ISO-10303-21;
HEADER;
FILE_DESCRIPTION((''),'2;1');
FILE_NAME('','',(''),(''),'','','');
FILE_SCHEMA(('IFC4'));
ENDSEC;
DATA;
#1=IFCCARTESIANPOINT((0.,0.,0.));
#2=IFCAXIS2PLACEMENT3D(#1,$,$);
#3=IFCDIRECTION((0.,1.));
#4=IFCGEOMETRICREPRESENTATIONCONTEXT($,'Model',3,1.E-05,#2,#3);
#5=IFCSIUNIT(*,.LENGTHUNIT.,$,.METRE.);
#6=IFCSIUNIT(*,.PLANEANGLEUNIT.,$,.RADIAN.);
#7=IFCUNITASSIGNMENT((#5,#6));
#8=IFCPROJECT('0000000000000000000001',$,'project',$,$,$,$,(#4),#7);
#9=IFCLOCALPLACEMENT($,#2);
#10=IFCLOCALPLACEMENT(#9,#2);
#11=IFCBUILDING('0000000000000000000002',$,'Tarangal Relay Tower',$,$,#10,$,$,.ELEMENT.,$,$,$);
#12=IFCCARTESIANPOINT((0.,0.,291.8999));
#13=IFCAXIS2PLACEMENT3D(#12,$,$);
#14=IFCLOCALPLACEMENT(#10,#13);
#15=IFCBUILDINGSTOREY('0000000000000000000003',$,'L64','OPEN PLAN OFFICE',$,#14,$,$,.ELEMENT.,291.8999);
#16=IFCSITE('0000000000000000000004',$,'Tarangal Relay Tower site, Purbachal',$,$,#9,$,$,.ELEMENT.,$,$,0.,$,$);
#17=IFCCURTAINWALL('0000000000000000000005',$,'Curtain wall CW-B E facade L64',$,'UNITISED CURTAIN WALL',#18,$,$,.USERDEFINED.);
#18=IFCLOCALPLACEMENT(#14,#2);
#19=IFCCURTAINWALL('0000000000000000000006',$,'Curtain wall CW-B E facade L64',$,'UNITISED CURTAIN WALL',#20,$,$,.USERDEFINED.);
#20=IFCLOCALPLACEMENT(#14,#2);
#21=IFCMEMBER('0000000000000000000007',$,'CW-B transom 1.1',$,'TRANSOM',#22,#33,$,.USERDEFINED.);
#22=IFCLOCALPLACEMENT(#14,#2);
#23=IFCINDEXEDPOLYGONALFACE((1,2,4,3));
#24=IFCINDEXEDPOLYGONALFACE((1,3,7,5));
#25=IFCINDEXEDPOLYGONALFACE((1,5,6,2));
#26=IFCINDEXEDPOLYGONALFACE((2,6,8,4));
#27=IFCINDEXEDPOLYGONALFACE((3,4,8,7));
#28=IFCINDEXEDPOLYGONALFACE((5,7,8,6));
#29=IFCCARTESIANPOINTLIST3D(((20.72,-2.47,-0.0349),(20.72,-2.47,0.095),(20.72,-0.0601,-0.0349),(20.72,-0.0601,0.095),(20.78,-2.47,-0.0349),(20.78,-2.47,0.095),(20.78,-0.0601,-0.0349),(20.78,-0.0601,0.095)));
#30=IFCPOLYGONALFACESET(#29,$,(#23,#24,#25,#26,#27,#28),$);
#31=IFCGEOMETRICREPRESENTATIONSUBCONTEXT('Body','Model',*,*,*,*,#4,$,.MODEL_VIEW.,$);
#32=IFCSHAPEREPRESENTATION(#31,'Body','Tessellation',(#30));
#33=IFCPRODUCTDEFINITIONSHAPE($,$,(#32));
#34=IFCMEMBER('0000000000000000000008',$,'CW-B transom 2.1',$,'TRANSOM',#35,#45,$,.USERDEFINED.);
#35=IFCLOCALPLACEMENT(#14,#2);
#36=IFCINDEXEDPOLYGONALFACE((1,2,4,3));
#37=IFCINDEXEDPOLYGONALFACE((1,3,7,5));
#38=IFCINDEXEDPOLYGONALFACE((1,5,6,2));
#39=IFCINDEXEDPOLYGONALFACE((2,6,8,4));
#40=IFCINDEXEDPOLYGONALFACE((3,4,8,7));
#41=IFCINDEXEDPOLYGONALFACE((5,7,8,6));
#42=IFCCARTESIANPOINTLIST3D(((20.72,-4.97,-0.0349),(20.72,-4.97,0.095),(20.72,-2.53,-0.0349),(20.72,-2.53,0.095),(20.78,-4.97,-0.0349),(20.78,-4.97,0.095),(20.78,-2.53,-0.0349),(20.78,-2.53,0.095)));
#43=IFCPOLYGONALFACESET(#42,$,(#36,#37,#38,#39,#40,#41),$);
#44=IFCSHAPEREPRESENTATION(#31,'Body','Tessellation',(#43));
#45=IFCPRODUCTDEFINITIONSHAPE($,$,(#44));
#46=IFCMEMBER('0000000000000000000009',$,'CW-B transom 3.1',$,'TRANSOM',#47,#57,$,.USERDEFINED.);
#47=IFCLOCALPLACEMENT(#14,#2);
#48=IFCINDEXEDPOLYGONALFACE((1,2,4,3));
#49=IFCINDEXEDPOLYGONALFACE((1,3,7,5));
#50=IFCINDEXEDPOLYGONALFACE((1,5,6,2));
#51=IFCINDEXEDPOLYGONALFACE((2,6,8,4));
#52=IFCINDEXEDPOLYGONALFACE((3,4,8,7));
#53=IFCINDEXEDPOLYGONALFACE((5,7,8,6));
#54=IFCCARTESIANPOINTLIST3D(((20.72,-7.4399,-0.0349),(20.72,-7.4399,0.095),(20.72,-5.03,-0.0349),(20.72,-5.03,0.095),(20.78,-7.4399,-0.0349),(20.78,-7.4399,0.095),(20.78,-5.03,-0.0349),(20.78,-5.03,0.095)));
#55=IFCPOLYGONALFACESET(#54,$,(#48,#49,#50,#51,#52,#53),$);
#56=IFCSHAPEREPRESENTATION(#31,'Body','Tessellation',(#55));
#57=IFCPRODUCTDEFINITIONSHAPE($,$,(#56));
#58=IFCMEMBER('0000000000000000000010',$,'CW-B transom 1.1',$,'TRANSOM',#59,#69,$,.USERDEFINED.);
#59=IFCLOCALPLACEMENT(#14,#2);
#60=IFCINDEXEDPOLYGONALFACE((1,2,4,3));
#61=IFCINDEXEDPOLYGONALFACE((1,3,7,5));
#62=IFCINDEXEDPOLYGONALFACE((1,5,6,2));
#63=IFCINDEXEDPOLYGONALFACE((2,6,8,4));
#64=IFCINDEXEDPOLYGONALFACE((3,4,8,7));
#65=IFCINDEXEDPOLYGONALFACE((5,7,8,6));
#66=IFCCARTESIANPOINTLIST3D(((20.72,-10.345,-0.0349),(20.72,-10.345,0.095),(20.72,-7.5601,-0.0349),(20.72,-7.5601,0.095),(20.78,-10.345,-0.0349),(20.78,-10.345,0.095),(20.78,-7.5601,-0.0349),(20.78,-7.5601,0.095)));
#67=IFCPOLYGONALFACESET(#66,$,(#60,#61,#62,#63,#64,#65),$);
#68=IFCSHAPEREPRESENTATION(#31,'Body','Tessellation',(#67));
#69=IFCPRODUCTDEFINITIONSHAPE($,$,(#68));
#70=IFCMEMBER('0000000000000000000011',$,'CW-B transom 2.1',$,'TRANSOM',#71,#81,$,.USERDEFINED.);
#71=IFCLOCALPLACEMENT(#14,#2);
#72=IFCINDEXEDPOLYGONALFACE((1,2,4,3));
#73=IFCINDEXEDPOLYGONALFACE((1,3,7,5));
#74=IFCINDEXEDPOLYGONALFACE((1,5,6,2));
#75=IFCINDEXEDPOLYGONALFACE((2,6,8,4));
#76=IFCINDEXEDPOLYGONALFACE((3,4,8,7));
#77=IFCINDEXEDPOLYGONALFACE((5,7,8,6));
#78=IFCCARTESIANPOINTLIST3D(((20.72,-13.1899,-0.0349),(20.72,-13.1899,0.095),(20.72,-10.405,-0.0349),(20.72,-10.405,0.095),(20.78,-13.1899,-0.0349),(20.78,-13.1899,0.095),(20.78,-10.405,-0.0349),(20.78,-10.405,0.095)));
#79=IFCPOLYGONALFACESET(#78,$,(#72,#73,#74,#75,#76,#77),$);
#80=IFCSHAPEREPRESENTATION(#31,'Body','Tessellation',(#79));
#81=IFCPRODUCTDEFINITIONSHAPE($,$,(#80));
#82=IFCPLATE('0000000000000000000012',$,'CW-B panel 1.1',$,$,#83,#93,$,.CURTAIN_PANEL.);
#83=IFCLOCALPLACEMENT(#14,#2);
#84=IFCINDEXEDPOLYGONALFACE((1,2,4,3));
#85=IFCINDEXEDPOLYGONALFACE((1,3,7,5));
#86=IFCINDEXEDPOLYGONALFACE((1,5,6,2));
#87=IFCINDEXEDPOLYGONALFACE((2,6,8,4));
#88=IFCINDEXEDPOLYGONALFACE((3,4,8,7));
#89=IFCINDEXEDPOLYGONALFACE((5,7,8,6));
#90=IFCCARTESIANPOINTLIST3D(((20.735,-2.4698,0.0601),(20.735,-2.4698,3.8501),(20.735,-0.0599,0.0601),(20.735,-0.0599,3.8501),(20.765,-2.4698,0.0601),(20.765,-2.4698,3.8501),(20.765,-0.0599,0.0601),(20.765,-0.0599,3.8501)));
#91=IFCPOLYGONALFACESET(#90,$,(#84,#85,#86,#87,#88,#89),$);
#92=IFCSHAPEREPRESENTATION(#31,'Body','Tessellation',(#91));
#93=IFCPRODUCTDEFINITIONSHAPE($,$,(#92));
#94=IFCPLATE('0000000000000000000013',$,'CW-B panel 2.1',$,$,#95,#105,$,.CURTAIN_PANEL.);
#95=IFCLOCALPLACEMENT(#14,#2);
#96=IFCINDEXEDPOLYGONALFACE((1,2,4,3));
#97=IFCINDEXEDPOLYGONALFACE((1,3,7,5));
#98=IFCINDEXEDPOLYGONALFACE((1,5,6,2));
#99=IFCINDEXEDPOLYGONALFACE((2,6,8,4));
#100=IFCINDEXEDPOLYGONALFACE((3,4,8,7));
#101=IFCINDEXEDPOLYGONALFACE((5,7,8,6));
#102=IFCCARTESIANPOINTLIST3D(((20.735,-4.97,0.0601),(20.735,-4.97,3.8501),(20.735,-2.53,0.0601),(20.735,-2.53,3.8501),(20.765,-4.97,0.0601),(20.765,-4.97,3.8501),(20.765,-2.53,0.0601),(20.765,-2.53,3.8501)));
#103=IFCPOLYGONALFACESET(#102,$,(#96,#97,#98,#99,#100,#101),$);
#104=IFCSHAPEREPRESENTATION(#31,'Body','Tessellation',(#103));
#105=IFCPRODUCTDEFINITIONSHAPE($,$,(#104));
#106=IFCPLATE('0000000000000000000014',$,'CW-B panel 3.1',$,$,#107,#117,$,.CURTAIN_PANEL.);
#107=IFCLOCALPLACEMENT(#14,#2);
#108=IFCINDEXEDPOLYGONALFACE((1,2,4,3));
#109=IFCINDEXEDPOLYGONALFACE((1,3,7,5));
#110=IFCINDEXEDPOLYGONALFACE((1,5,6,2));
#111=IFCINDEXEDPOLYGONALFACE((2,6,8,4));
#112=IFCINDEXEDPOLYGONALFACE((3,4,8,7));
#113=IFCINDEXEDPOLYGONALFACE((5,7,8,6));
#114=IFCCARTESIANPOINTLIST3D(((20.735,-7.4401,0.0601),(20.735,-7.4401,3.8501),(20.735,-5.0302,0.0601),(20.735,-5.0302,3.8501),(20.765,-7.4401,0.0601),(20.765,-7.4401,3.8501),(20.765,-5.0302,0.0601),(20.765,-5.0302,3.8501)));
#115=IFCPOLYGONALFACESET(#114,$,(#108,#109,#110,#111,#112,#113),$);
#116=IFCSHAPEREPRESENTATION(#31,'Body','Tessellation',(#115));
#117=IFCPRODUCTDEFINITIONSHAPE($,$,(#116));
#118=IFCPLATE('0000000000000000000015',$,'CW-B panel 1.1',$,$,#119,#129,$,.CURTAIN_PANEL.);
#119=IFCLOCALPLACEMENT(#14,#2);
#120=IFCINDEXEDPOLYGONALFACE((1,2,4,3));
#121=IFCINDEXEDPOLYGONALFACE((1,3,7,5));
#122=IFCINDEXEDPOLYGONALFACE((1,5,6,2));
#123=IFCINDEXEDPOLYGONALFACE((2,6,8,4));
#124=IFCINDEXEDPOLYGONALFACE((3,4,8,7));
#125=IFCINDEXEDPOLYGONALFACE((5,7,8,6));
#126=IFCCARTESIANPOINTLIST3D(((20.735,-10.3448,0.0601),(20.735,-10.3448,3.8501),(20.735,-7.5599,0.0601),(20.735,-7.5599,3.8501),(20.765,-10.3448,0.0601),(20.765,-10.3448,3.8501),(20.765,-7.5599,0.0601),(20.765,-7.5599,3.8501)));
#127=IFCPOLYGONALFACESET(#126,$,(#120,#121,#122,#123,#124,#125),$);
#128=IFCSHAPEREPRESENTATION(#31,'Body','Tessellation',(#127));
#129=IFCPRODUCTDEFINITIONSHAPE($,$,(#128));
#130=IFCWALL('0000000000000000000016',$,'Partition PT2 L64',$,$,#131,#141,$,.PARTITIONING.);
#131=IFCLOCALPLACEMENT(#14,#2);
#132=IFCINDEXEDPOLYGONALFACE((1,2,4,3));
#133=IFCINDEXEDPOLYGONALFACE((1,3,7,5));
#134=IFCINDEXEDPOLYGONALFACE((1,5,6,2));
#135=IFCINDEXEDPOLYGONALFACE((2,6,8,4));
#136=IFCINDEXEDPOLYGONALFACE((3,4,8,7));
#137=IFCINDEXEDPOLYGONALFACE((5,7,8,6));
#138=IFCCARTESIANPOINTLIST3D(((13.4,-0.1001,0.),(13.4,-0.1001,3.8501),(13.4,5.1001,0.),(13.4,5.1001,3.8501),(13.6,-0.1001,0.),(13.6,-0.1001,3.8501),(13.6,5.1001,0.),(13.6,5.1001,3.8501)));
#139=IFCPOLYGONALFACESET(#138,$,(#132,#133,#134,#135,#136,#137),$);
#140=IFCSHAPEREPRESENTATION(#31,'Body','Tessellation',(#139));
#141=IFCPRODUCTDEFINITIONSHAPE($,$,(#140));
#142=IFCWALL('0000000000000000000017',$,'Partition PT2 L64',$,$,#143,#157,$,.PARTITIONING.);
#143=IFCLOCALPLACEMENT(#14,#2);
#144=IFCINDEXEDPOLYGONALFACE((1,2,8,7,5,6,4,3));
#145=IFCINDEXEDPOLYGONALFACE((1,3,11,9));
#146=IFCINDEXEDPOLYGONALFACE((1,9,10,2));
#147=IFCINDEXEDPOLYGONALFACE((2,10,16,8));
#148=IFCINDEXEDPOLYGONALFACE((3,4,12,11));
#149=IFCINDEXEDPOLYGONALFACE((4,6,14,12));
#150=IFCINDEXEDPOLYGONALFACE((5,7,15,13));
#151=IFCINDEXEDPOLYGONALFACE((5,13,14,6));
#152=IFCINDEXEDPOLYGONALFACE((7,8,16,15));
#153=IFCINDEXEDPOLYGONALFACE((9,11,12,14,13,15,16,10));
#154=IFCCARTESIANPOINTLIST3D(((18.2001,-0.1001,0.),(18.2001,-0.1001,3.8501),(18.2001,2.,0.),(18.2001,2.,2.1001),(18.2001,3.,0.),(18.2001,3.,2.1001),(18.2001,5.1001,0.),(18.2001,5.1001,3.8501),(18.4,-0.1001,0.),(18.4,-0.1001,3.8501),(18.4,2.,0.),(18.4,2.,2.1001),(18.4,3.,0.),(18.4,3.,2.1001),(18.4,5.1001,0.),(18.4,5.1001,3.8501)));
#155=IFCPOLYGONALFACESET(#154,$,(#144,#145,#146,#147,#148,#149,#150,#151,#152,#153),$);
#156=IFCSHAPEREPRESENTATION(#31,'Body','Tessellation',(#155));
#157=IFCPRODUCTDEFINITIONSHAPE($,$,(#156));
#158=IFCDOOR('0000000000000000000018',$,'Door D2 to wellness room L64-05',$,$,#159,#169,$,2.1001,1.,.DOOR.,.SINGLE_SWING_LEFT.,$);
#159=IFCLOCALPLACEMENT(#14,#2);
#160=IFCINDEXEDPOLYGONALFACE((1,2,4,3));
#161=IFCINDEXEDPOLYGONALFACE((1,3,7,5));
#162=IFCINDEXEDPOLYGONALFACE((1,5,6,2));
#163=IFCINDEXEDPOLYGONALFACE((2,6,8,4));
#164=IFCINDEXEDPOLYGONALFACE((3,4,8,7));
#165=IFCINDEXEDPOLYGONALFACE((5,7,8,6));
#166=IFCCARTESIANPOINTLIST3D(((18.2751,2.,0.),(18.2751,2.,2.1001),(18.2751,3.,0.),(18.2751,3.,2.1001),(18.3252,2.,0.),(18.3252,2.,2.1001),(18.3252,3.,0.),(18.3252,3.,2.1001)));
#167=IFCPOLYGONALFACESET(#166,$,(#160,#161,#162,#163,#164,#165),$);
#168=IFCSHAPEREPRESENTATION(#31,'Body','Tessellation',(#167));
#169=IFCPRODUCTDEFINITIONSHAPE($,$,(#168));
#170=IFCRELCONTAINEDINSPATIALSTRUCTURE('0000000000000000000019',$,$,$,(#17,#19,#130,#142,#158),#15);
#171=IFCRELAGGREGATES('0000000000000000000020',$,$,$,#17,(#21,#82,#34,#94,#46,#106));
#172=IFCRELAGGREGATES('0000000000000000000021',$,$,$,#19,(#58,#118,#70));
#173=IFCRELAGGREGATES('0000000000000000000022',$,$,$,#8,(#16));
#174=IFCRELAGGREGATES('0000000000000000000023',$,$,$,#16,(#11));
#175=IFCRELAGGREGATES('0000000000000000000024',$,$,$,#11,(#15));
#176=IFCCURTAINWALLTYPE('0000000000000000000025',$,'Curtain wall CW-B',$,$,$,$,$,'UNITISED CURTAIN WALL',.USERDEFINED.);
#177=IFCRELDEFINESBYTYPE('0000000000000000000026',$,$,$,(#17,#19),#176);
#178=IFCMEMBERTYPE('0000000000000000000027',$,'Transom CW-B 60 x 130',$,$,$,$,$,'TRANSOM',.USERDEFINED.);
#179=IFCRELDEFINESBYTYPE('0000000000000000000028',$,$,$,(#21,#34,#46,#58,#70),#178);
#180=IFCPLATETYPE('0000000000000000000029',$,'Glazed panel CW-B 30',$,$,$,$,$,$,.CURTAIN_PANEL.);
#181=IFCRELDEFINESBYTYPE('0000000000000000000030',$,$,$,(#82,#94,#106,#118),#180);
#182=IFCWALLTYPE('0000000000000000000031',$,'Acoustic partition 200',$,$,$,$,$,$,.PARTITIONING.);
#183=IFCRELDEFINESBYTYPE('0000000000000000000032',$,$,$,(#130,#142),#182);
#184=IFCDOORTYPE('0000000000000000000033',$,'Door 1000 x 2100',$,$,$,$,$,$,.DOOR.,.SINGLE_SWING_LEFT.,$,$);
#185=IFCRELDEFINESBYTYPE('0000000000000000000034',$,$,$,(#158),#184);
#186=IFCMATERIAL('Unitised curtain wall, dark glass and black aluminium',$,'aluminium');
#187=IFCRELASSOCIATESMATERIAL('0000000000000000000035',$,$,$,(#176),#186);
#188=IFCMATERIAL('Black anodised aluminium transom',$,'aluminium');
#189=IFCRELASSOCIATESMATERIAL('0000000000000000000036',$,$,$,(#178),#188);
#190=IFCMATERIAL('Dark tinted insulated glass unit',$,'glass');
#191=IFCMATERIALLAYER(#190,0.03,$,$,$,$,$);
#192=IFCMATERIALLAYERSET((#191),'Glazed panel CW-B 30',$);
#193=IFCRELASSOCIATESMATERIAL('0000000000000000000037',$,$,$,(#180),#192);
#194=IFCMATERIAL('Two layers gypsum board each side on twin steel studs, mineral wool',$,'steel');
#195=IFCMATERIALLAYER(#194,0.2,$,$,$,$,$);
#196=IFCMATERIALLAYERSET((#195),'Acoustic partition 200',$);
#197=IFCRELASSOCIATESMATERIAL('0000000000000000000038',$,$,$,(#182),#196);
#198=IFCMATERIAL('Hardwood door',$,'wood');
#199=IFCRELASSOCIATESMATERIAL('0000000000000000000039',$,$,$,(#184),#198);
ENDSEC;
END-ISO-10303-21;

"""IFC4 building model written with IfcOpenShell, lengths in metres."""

from ifc_helpers import new_model, si_unit, direction, frame, frame_2d, origin, origin_2d, place, context, subcontext, project, spatial, rectangle, extrude, material, layer, layer_set, material_profile, profile_set, type_object, element, fill, aggregate, save


model = new_model("IFC4")

# Units and contexts
model_context = context("Model", 3, precision=1e-05, world=origin(), true_north=direction((0.0, 1.0)))
body_context = subcontext(model_context, "Body", "Model", "MODEL_VIEW")
ifc_project = project(units=[si_unit("LENGTHUNIT", "METRE"), si_unit("PLANEANGLEUNIT", "RADIAN")], contexts=[model_context])

# Site, building, storey
site_placement = place(None, origin())
site = spatial("IfcSite", under=ifc_project, at=site_placement, Name="Tarangal Relay Tower site, Purbachal", CompositionType="ELEMENT", RefElevation=0.0)
building_placement = place(site_placement, origin())
building = spatial("IfcBuilding", under=site, at=building_placement, Name="Tarangal Relay Tower", CompositionType="ELEMENT")
storey_placement = place(building_placement, frame((0.0, 0.0, 291.8999)))
storey = spatial("IfcBuildingStorey", under=building, at=storey_placement, Name="L64", Description="OPEN PLAN OFFICE", CompositionType="ELEMENT", Elevation=291.8999)

# Curtain walls
ifc_material_1 = material(Name="Unitised curtain wall, dark glass and black aluminium", Category="aluminium")
curtain_wall_type = type_object("IfcCurtainWallType", Name="Curtain wall CW-B", ElementType="UNITISED CURTAIN WALL", PredefinedType="USERDEFINED", material=ifc_material_1)
curtain_wall_1_placement = place(storey_placement, origin())
curtain_wall_1 = element("IfcCurtainWall", 1, at=curtain_wall_1_placement, inside=storey, type_object=curtain_wall_type, Name="Curtain wall CW-B E facade L64", ObjectType="UNITISED CURTAIN WALL", PredefinedType="USERDEFINED")
curtain_wall_2_placement = place(storey_placement, origin())
curtain_wall_2 = element("IfcCurtainWall", 2, at=curtain_wall_2_placement, inside=storey, type_object=curtain_wall_type, Name="Curtain wall CW-B E facade L64", ObjectType="UNITISED CURTAIN WALL", PredefinedType="USERDEFINED")

# Members
ifc_material_2 = material(Name="Black anodised aluminium transom", Category="aluminium")
ifc_material_profile_1 = material_profile(ifc_material_2, rectangle(XDim=0.0601, YDim=0.1299, at=origin_2d()), Name="CW-BT 60X130")
ifc_profile_set_1 = profile_set([ifc_material_profile_1], Name="Black anodised aluminium transom")
member_type_1 = type_object("IfcMemberType", Name="Transom CW-B 60 x 130", ElementType="TRANSOM", PredefinedType="USERDEFINED", material=ifc_profile_set_1)
member_1_placement = place(storey_placement, frame((20.75, -0.0601, 0.03), z_axis=(0.0, -1.0, 0.0), x_axis=(1.0, 0.0, 0.0)))
member_1 = element("IfcMember", 3, at=member_1_placement, type_object=member_type_1, Name="CW-B transom 1.1", ObjectType="TRANSOM", PredefinedType="USERDEFINED", context=body_context, shape_type="SweptSolid", body=[
    extrude(rectangle(XDim=0.0601, YDim=0.1299, at=origin_2d()), origin(), (0.0, 0.0, 1.0), 2.4099),
])
member_2_placement = place(storey_placement, frame((20.75, -2.53, 0.03), z_axis=(0.0, -1.0, 0.0), x_axis=(1.0, 0.0, 0.0)))
member_2 = element("IfcMember", 4, at=member_2_placement, type_object=member_type_1, Name="CW-B transom 2.1", ObjectType="TRANSOM", PredefinedType="USERDEFINED", context=body_context, shape_type="SweptSolid", body=[
    extrude(rectangle(XDim=0.0601, YDim=0.1299, at=origin_2d()), origin(), (0.0, 0.0, 1.0), 2.4399),
])
member_3_placement = place(storey_placement, frame((20.75, -5.03, 0.03), z_axis=(0.0, -1.0, 0.0), x_axis=(1.0, 0.0, 0.0)))
member_3 = element("IfcMember", 5, at=member_3_placement, type_object=member_type_1, Name="CW-B transom 3.1", ObjectType="TRANSOM", PredefinedType="USERDEFINED", context=body_context, shape_type="SweptSolid", body=[
    extrude(rectangle(XDim=0.0601, YDim=0.1299, at=origin_2d()), origin(), (0.0, 0.0, 1.0), 2.4099),
])
member_4_placement = place(storey_placement, frame((20.75, -7.5601, 0.03), z_axis=(0.0, -1.0, 0.0), x_axis=(1.0, 0.0, 0.0)))
member_4 = element("IfcMember", 6, at=member_4_placement, type_object=member_type_1, Name="CW-B transom 1.1", ObjectType="TRANSOM", PredefinedType="USERDEFINED", context=body_context, shape_type="SweptSolid", body=[
    extrude(rectangle(XDim=0.0601, YDim=0.1299, at=origin_2d()), origin(), (0.0, 0.0, 1.0), 2.7849),
])
member_5_placement = place(storey_placement, frame((20.75, -10.405, 0.03), z_axis=(0.0, -1.0, 0.0), x_axis=(1.0, 0.0, 0.0)))
member_5 = element("IfcMember", 7, at=member_5_placement, type_object=member_type_1, Name="CW-B transom 2.1", ObjectType="TRANSOM", PredefinedType="USERDEFINED", context=body_context, shape_type="SweptSolid", body=[
    extrude(rectangle(XDim=0.0601, YDim=0.1299, at=origin_2d()), origin(), (0.0, 0.0, 1.0), 2.7849),
])

# Plates
ifc_material_3 = material(Name="Dark tinted insulated glass unit", Category="glass")
ifc_layer_1 = layer(ifc_material_3, 0.03)
ifc_layer_set_1 = layer_set([ifc_layer_1], Name="Glazed panel CW-B 30")
plate_type = type_object("IfcPlateType", Name="Glazed panel CW-B 30", PredefinedType="CURTAIN_PANEL", material=ifc_layer_set_1)
plate_1_placement = place(storey_placement, frame((20.75, -1.2649, 0.0601), z_axis=(0.0, 0.0, 1.0), x_axis=(0.0, -1.0, 0.0)))
plate_1 = element("IfcPlate", 8, at=plate_1_placement, type_object=plate_type, Name="CW-B panel 1.1", PredefinedType="CURTAIN_PANEL", context=body_context, shape_type="SweptSolid", body=[
    extrude(rectangle(XDim=2.4099, YDim=0.03, at=origin_2d()), origin(), (0.0, 0.0, 1.0), 3.79),
])
plate_2_placement = place(storey_placement, frame((20.75, -3.75, 0.0601), z_axis=(0.0, 0.0, 1.0), x_axis=(0.0, -1.0, 0.0)))
plate_2 = element("IfcPlate", 9, at=plate_2_placement, type_object=plate_type, Name="CW-B panel 2.1", PredefinedType="CURTAIN_PANEL", context=body_context, shape_type="SweptSolid", body=[
    extrude(rectangle(XDim=2.4399, YDim=0.03, at=origin_2d()), origin(), (0.0, 0.0, 1.0), 3.79),
])
plate_3_placement = place(storey_placement, frame((20.75, -6.2351, 0.0601), z_axis=(0.0, 0.0, 1.0), x_axis=(0.0, -1.0, 0.0)))
plate_3 = element("IfcPlate", 10, at=plate_3_placement, type_object=plate_type, Name="CW-B panel 3.1", PredefinedType="CURTAIN_PANEL", context=body_context, shape_type="SweptSolid", body=[
    extrude(rectangle(XDim=2.4099, YDim=0.03, at=origin_2d()), origin(), (0.0, 0.0, 1.0), 3.79),
])
aggregate(curtain_wall_1, [member_1, plate_1, member_2, plate_2, member_3, plate_3])
plate_4_placement = place(storey_placement, frame((20.75, -8.9524, 0.0601), z_axis=(0.0, 0.0, 1.0), x_axis=(0.0, -1.0, 0.0)))
plate_4 = element("IfcPlate", 11, at=plate_4_placement, type_object=plate_type, Name="CW-B panel 1.1", PredefinedType="CURTAIN_PANEL", context=body_context, shape_type="SweptSolid", body=[
    extrude(rectangle(XDim=2.7849, YDim=0.03, at=origin_2d()), origin(), (0.0, 0.0, 1.0), 3.79),
])
aggregate(curtain_wall_2, [member_4, plate_4, member_5])

# Wall
ifc_material_4 = material(Name="Two layers gypsum board each side on twin steel studs, mineral wool", Category="steel")
ifc_layer_2 = layer(ifc_material_4, 0.2)
ifc_layer_set_2 = layer_set([ifc_layer_2], Name="Acoustic partition 200")
wall_type_1 = type_object("IfcWallType", Name="Acoustic partition 200", PredefinedType="PARTITIONING", material=ifc_layer_set_2)
wall_1_placement = place(storey_placement, frame((13.5, -0.1001, 0.0), z_axis=(0.0, 0.0, 1.0), x_axis=(0.0, 1.0, 0.0)))
element("IfcWall", 12, at=wall_1_placement, inside=storey, type_object=wall_type_1, Name="Partition PT2 L64", PredefinedType="PARTITIONING", context=body_context, shape_type="SweptSolid", body=[
    extrude(rectangle(XDim=5.2002, YDim=0.2, at=frame_2d((2.6001, 0.0))), origin(), (0.0, 0.0, 1.0), 3.8501),
])

# Wall, opening, door
wall_2_placement = place(storey_placement, frame((18.3, -0.1001, 0.0), z_axis=(0.0, 0.0, 1.0), x_axis=(0.0, 1.0, 0.0)))
wall_2 = element("IfcWall", 13, at=wall_2_placement, inside=storey, type_object=wall_type_1, Name="Partition PT2 L64", PredefinedType="PARTITIONING", context=body_context, shape_type="SweptSolid", body=[
    extrude(rectangle(XDim=5.2002, YDim=0.2, at=frame_2d((2.6001, 0.0))), origin(), (0.0, 0.0, 1.0), 3.8501),
])
opening_1_placement = place(wall_2_placement, frame((2.1001, 0.0, 0.0)))
opening_1 = element("IfcOpeningElement", 14, at=opening_1_placement, cuts=wall_2, PredefinedType="OPENING", context=body_context, shape_type="SweptSolid", body=[
    extrude(rectangle(XDim=1.0, YDim=2.1001, at=frame_2d((0.5, 1.05))), frame((0.0, 0.1099, 0.0), z_axis=(0.0, -1.0, 0.0), x_axis=(1.0, 0.0, 0.0)), (0.0, 0.0, 1.0), 0.22),
])
ifc_material_5 = material(Name="Hardwood door", Category="wood")
door_type_1 = type_object("IfcDoorType", Name="Door 1000 x 2100", OperationType="SINGLE_SWING_LEFT", PredefinedType="DOOR", material=ifc_material_5)
door_1_placement = place(opening_1_placement, origin())
door_1 = element("IfcDoor", 15, at=door_1_placement, inside=storey, type_object=door_type_1, Name="Door D2 to wellness room L64-05", OperationType="SINGLE_SWING_LEFT", OverallHeight=2.1001, OverallWidth=1.0, PredefinedType="DOOR", context=body_context, shape_type="SweptSolid", body=[
    extrude(rectangle(XDim=1.0, YDim=2.1001, at=frame_2d((0.5, 1.05))), frame((0.0, 0.0249, 0.0), z_axis=(0.0, -1.0, 0.0), x_axis=(1.0, 0.0, 0.0)), (0.0, 0.0, 1.0), 0.05),
])
fill(opening_1, door_1)

save(model, "model.ifc")
